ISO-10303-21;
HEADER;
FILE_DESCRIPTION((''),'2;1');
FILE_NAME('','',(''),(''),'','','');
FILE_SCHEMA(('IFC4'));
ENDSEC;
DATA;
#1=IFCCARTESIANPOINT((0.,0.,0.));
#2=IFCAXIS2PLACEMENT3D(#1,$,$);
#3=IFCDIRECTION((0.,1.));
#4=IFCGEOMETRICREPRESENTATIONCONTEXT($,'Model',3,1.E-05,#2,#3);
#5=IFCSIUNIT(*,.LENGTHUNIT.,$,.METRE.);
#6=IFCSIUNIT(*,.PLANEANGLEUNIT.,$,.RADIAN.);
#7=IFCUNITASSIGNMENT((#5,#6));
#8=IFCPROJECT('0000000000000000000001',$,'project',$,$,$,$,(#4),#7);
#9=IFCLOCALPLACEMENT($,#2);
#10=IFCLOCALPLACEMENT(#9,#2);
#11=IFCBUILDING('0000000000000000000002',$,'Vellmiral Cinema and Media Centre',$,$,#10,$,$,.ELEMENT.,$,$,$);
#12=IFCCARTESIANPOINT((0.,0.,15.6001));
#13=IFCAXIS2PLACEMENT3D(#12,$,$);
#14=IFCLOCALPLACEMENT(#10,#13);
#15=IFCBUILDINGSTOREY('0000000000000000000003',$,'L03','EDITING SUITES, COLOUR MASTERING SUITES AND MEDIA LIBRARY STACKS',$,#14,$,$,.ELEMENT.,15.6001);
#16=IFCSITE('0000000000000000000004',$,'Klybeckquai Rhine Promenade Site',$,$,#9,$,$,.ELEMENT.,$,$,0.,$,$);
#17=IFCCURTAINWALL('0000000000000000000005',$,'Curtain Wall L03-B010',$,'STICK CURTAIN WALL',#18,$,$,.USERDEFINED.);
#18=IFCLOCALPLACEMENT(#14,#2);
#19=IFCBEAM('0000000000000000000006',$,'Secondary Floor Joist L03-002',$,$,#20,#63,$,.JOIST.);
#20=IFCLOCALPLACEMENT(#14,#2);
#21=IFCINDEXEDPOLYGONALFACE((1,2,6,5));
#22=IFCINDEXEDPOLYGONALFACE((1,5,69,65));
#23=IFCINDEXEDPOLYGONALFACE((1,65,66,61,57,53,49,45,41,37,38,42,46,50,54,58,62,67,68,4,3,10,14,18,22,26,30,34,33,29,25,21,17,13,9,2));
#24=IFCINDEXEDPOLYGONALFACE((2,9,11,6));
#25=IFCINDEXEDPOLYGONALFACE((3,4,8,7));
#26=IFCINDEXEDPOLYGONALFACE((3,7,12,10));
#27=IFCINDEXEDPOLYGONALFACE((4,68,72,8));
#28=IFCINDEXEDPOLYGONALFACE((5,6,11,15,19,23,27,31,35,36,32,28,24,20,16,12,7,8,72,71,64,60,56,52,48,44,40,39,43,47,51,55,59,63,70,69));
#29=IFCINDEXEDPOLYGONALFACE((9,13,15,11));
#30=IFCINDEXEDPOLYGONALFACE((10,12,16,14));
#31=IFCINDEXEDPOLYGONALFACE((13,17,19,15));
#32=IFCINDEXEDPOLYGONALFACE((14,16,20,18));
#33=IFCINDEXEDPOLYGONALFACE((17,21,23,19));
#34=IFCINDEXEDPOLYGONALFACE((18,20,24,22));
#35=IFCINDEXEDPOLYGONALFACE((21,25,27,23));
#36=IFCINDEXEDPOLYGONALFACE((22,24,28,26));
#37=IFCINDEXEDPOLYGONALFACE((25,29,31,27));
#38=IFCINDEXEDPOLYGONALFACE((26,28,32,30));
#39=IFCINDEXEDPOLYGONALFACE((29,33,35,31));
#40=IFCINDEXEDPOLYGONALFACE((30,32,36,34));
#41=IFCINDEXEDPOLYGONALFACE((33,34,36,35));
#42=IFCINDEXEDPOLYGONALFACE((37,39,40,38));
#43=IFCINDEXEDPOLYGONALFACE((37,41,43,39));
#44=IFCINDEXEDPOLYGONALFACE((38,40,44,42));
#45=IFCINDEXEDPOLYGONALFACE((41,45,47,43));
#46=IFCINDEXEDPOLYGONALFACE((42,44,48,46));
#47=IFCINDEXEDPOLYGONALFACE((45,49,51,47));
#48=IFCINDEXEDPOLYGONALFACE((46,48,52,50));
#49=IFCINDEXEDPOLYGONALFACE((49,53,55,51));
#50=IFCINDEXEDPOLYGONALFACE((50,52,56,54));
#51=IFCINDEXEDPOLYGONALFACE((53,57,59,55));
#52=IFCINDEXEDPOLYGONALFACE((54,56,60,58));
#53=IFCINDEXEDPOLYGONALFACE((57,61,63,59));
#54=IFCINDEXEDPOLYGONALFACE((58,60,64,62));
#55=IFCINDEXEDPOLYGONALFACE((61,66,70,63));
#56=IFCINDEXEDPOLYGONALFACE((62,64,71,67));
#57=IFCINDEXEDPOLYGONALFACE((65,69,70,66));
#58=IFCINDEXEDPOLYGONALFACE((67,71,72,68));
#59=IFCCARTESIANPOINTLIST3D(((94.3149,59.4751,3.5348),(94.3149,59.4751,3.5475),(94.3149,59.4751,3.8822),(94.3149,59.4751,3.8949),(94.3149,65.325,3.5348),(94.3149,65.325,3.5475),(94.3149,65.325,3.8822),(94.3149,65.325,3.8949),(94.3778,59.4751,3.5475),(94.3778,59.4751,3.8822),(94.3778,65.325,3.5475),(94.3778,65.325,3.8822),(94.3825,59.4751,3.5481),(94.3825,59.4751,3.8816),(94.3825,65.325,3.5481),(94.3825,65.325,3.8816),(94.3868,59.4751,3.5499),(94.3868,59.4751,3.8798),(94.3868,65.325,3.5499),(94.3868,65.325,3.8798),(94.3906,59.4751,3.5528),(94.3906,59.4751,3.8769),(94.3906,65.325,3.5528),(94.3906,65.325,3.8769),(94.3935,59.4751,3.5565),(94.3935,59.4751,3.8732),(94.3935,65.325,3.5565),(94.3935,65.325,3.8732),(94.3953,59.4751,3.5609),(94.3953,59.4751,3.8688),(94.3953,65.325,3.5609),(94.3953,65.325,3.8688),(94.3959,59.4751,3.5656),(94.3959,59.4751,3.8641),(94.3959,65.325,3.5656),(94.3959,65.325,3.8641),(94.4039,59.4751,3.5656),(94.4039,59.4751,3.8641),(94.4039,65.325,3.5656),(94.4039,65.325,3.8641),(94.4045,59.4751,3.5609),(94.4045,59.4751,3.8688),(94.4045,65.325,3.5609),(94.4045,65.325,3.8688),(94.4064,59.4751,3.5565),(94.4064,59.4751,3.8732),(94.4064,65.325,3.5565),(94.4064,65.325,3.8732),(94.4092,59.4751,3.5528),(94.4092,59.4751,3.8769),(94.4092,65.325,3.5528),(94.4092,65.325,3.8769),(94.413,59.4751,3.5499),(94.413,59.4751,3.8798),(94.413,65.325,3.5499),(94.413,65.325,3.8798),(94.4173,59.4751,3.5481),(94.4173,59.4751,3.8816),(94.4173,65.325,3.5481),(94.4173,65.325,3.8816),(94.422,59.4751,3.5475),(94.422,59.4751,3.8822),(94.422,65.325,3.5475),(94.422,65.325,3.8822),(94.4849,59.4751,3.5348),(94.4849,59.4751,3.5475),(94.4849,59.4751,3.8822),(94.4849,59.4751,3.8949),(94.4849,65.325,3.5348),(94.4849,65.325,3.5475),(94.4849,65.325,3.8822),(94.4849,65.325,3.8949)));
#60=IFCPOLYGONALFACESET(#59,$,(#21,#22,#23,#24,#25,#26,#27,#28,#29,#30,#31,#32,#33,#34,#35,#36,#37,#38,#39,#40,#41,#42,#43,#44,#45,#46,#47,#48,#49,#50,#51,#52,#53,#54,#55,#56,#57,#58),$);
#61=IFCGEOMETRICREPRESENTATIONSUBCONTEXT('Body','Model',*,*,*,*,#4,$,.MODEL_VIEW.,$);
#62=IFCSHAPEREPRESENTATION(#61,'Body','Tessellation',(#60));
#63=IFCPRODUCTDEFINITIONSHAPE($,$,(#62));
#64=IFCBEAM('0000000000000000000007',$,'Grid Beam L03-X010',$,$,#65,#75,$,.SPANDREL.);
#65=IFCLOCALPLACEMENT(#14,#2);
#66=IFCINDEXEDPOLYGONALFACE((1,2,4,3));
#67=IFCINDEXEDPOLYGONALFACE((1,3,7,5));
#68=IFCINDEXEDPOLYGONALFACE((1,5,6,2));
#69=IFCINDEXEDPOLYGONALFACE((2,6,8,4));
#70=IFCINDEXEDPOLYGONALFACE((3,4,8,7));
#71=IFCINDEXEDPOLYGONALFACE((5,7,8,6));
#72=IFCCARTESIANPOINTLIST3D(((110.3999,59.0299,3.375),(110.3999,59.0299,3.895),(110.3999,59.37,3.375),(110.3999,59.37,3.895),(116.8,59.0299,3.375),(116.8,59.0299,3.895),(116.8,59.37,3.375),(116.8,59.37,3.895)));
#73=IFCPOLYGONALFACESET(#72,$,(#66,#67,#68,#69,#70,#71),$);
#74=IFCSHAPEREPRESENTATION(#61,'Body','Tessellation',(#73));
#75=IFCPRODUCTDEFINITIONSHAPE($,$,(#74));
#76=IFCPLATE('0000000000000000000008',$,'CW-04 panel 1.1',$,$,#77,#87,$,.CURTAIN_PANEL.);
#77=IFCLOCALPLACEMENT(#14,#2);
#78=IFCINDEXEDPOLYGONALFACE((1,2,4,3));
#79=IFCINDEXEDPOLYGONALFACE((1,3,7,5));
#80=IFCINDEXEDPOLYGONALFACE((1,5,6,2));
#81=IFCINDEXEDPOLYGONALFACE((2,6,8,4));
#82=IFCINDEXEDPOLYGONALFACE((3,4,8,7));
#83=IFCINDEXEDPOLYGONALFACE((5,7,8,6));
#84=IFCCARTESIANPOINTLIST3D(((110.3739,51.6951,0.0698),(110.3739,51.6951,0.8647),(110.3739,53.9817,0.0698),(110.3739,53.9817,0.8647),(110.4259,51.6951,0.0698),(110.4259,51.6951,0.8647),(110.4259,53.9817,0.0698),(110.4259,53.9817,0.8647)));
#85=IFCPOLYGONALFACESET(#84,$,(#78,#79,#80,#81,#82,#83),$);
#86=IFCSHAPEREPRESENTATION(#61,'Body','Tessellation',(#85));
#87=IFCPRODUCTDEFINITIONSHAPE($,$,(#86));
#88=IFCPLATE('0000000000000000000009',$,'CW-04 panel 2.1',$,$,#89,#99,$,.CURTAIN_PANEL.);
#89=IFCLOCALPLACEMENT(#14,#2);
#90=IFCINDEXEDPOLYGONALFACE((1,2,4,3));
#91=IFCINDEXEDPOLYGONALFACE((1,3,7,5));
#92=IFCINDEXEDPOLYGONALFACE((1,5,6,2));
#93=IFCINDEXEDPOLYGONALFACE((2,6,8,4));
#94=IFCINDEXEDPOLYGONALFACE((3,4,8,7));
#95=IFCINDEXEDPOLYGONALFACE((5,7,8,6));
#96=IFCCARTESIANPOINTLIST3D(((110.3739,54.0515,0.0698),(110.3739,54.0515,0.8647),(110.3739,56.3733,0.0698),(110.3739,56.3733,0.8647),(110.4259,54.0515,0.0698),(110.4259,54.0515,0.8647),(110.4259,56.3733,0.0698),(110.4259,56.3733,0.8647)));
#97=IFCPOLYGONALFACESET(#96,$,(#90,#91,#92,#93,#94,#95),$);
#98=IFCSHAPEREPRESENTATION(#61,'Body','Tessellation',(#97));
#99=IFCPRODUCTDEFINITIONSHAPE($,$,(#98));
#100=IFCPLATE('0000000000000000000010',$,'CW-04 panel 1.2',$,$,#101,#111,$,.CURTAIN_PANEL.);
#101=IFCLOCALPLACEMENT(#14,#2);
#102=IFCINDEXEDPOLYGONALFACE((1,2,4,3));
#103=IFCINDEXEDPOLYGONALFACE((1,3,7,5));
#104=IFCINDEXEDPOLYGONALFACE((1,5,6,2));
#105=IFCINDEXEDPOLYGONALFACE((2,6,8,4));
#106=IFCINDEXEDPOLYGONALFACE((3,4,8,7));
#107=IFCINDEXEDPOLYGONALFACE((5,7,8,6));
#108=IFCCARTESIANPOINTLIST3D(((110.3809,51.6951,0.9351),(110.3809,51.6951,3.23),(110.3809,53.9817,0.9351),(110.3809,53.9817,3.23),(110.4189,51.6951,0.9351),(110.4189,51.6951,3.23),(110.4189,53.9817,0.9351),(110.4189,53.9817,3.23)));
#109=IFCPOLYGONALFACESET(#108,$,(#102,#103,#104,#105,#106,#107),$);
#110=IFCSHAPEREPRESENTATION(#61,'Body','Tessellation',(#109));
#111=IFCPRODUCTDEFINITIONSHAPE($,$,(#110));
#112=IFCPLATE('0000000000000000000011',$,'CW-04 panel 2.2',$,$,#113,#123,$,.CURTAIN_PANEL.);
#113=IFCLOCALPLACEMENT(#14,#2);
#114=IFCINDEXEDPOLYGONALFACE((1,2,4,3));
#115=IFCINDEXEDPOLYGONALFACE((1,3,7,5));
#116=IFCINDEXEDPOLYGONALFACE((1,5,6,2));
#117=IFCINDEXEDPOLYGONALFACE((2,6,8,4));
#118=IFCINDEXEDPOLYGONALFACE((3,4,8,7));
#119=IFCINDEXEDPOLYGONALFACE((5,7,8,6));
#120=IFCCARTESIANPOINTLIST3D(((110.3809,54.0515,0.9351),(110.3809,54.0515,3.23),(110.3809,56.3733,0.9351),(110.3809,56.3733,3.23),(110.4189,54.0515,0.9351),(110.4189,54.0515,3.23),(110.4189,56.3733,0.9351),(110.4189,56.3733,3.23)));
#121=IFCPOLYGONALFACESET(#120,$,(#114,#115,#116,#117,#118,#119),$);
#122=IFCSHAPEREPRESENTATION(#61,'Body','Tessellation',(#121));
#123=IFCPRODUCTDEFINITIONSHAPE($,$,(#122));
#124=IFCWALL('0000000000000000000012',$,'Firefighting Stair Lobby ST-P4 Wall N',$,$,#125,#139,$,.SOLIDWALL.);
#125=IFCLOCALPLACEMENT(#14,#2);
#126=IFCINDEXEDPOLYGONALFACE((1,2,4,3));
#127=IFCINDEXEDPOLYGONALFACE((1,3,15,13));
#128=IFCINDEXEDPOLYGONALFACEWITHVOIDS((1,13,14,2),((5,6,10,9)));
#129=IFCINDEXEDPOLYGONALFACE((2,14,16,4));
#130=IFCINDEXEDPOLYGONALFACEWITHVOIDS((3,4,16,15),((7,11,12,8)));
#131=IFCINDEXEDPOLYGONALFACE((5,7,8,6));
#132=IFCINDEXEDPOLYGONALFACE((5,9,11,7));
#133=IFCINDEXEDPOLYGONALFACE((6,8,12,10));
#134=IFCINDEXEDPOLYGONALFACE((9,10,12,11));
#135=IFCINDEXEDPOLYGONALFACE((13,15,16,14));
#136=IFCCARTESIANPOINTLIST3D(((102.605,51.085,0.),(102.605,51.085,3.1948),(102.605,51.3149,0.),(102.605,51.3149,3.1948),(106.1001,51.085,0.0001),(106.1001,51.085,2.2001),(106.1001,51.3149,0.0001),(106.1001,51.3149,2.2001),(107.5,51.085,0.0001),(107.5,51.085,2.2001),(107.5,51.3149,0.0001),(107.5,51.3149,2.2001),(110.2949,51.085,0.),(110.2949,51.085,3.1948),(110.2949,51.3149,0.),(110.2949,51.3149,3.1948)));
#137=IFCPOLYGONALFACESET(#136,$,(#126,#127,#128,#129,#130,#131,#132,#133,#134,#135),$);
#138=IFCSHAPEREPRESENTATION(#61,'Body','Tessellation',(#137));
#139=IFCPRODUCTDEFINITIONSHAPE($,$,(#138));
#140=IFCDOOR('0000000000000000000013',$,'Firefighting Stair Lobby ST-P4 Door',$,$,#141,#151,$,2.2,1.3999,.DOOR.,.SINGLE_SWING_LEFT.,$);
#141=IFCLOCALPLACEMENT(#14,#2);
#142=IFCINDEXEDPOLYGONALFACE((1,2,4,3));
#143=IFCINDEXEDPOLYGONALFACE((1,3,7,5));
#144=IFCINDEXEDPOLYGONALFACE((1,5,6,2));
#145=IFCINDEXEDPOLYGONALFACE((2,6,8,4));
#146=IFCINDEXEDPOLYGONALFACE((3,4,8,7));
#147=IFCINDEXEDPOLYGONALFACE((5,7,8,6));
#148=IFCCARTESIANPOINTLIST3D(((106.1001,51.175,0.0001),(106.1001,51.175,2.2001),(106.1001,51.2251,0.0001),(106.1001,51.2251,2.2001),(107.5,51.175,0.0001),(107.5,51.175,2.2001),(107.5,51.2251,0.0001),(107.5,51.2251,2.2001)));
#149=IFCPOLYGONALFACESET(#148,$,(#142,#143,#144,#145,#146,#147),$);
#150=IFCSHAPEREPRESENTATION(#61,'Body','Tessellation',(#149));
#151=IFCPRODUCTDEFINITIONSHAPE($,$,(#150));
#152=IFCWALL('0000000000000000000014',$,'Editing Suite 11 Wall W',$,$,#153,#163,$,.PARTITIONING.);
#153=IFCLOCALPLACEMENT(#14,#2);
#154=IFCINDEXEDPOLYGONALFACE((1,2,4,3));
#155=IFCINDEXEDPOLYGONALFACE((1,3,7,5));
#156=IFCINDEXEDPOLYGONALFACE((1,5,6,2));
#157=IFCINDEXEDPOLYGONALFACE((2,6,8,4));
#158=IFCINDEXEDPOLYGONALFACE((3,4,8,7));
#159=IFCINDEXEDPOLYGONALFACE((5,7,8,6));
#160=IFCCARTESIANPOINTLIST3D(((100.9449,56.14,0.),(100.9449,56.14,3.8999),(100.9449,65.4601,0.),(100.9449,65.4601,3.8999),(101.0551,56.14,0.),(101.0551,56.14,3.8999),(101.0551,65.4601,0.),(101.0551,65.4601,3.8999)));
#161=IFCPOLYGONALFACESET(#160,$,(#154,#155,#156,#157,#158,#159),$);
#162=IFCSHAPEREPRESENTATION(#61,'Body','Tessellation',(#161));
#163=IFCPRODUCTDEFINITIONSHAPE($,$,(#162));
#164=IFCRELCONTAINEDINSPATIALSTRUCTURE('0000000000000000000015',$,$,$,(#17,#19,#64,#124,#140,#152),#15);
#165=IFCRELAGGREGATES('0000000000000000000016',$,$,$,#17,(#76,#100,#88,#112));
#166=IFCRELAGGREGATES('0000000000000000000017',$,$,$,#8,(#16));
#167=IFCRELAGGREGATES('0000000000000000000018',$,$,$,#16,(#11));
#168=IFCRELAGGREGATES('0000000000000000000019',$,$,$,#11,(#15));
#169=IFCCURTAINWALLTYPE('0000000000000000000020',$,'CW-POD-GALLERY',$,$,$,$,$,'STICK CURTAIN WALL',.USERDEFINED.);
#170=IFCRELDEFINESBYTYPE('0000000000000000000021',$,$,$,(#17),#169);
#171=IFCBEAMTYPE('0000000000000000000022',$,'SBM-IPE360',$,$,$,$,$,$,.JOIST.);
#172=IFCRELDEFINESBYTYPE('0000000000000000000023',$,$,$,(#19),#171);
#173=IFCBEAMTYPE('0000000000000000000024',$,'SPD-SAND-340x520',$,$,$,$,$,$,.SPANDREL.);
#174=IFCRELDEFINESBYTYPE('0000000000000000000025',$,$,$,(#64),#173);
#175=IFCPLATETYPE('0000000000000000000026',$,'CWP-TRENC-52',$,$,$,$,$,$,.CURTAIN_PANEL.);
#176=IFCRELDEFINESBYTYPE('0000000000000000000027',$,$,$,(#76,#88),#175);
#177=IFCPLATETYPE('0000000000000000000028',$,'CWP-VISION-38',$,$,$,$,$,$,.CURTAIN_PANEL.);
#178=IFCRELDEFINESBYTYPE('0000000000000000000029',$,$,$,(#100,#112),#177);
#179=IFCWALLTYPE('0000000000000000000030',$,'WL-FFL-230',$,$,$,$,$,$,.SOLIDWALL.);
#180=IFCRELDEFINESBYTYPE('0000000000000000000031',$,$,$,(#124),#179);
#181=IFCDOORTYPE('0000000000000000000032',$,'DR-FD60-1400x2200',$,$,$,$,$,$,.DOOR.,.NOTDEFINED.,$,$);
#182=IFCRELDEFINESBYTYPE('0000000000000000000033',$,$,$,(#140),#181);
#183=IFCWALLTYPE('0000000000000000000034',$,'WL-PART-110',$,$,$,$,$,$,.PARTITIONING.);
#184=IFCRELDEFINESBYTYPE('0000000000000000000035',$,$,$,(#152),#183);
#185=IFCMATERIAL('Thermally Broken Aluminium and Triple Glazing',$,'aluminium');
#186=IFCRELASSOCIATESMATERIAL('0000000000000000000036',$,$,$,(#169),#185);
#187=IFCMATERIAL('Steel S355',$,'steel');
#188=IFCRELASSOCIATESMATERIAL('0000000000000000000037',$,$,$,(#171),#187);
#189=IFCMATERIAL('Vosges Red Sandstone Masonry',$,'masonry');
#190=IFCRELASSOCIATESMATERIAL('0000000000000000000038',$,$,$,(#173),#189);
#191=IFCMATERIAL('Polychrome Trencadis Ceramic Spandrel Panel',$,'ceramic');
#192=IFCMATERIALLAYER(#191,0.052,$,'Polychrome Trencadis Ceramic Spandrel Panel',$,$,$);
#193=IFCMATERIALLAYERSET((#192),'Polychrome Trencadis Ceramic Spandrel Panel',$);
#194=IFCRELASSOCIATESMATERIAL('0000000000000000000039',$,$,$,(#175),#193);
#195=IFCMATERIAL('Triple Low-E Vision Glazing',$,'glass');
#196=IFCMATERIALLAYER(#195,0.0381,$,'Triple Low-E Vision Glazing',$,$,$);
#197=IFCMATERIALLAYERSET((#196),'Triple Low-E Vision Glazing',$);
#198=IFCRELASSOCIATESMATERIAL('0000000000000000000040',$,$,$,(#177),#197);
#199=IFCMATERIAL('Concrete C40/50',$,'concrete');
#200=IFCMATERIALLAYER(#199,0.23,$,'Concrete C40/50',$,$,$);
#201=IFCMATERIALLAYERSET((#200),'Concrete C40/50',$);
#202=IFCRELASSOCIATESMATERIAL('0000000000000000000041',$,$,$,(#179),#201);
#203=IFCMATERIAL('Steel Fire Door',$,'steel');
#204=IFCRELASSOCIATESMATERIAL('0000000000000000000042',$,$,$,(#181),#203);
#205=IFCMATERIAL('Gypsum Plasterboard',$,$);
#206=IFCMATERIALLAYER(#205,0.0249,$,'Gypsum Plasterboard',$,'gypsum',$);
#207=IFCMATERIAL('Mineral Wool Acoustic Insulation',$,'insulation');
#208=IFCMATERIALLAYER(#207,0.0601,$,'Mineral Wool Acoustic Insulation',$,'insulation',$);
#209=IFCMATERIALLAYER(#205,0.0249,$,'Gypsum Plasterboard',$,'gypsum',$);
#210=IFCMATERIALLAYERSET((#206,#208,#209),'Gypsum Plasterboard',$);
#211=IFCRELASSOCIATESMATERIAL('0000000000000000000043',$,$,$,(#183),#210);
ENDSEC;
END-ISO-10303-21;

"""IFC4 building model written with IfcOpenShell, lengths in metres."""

from ifc_helpers import new_model, si_unit, direction, frame, frame_2d, origin, origin_2d, place, context, subcontext, project, spatial, rectangle, i_section, extrude, material, layer, layer_set, material_profile, profile_set, type_object, element, fill, aggregate, save


model = new_model("IFC4")

# Units and contexts
model_context = context("Model", 3, precision=1e-05, world=origin(), true_north=direction((0.0, 1.0)))
body_context = subcontext(model_context, "Body", "Model", "MODEL_VIEW")
ifc_project = project(units=[si_unit("LENGTHUNIT", "METRE"), si_unit("PLANEANGLEUNIT", "RADIAN")], contexts=[model_context])

# Site, building, storey
site_placement = place(None, origin())
site = spatial("IfcSite", under=ifc_project, at=site_placement, Name="Klybeckquai Rhine Promenade Site", CompositionType="ELEMENT", RefElevation=0.0)
building_placement = place(site_placement, origin())
building = spatial("IfcBuilding", under=site, at=building_placement, Name="Vellmiral Cinema and Media Centre", CompositionType="ELEMENT")
storey_placement = place(building_placement, frame((0.0, 0.0, 15.6001)))
storey = spatial("IfcBuildingStorey", under=building, at=storey_placement, Name="L03", Description="EDITING SUITES, COLOUR MASTERING SUITES AND MEDIA LIBRARY STACKS", CompositionType="ELEMENT", Elevation=15.6001)

# Curtain wall
ifc_material_1 = material(Name="Thermally Broken Aluminium and Triple Glazing", Category="aluminium")
curtain_wall_type = type_object("IfcCurtainWallType", Name="CW-POD-GALLERY", ElementType="STICK CURTAIN WALL", PredefinedType="USERDEFINED", material=ifc_material_1)
curtain_wall_placement = place(storey_placement, origin())
curtain_wall = element("IfcCurtainWall", 1, at=curtain_wall_placement, inside=storey, type_object=curtain_wall_type, Name="Curtain Wall L03-B010", ObjectType="STICK CURTAIN WALL", PredefinedType="USERDEFINED")

# Beams
ifc_material_2 = material(Name="Steel S355", Category="steel")
ifc_material_profile_1 = material_profile(ifc_material_2, i_section(OverallWidth=0.1699, OverallDepth=0.3601, WebThickness=0.0081, FlangeThickness=0.0127, FilletRadius=0.0181, at=origin_2d()), Name="IPE 360")
ifc_profile_set_1 = profile_set([ifc_material_profile_1], Name="Steel S355")
beam_type_1 = type_object("IfcBeamType", Name="SBM-IPE360", PredefinedType="JOIST", material=ifc_profile_set_1)
beam_1_placement = place(storey_placement, frame((94.3999, 59.4751, 3.7148), z_axis=(0.0, 1.0, 0.0), x_axis=(-1.0, 0.0, 0.0)))
element("IfcBeam", 2, at=beam_1_placement, inside=storey, type_object=beam_type_1, Name="Secondary Floor Joist L03-002", PredefinedType="JOIST", context=body_context, shape_type="SweptSolid", body=[
    extrude(i_section(OverallWidth=0.1699, OverallDepth=0.3601, WebThickness=0.0081, FlangeThickness=0.0127, FilletRadius=0.0181, at=origin_2d()), origin(), (0.0, 0.0, 1.0), 5.8499),
])
ifc_material_3 = material(Name="Vosges Red Sandstone Masonry", Category="masonry")
ifc_material_profile_2 = material_profile(ifc_material_3, rectangle(XDim=0.3401, YDim=0.52, at=origin_2d()), Name="SAND 340x520")
ifc_profile_set_2 = profile_set([ifc_material_profile_2], Name="Vosges Red Sandstone Masonry")
beam_type_2 = type_object("IfcBeamType", Name="SPD-SAND-340x520", PredefinedType="SPANDREL", material=ifc_profile_set_2)
beam_2_placement = place(storey_placement, frame((110.3999, 59.2, 3.635), z_axis=(1.0, 0.0, 0.0), x_axis=(0.0, 1.0, 0.0)))
element("IfcBeam", 3, at=beam_2_placement, inside=storey, type_object=beam_type_2, Name="Grid Beam L03-X010", PredefinedType="SPANDREL", context=body_context, shape_type="SweptSolid", body=[
    extrude(rectangle(XDim=0.3401, YDim=0.52, at=origin_2d()), origin(), (0.0, 0.0, 1.0), 6.4001),
])

# Plates
ifc_material_4 = material(Name="Polychrome Trencadis Ceramic Spandrel Panel", Category="ceramic")
ifc_layer_1 = layer(ifc_material_4, 0.052, Name="Polychrome Trencadis Ceramic Spandrel Panel")
ifc_layer_set_1 = layer_set([ifc_layer_1], Name="Polychrome Trencadis Ceramic Spandrel Panel")
plate_type_1 = type_object("IfcPlateType", Name="CWP-TRENC-52", PredefinedType="CURTAIN_PANEL", material=ifc_layer_set_1)
plate_1_placement = place(storey_placement, frame((110.3999, 52.8384, 0.0698), z_axis=(0.0, 0.0, 1.0), x_axis=(0.0, 1.0, 0.0)))
plate_1 = element("IfcPlate", 4, at=plate_1_placement, type_object=plate_type_1, Name="CW-04 panel 1.1", PredefinedType="CURTAIN_PANEL", context=body_context, shape_type="SweptSolid", body=[
    extrude(rectangle(XDim=2.2866, YDim=0.052, at=origin_2d()), origin(), (0.0, 0.0, 1.0), 0.7949),
])
plate_2_placement = place(storey_placement, frame((110.3999, 55.2124, 0.0698), z_axis=(0.0, 0.0, 1.0), x_axis=(0.0, 1.0, 0.0)))
plate_2 = element("IfcPlate", 5, at=plate_2_placement, type_object=plate_type_1, Name="CW-04 panel 2.1", PredefinedType="CURTAIN_PANEL", context=body_context, shape_type="SweptSolid", body=[
    extrude(rectangle(XDim=2.3218, YDim=0.052, at=origin_2d()), origin(), (0.0, 0.0, 1.0), 0.7949),
])
ifc_material_5 = material(Name="Triple Low-E Vision Glazing", Category="glass")
ifc_layer_2 = layer(ifc_material_5, 0.0381, Name="Triple Low-E Vision Glazing")
ifc_layer_set_2 = layer_set([ifc_layer_2], Name="Triple Low-E Vision Glazing")
plate_type_2 = type_object("IfcPlateType", Name="CWP-VISION-38", PredefinedType="CURTAIN_PANEL", material=ifc_layer_set_2)
plate_3_placement = place(storey_placement, frame((110.3999, 52.8384, 0.9351), z_axis=(0.0, 0.0, 1.0), x_axis=(0.0, 1.0, 0.0)))
plate_3 = element("IfcPlate", 6, at=plate_3_placement, type_object=plate_type_2, Name="CW-04 panel 1.2", PredefinedType="CURTAIN_PANEL", context=body_context, shape_type="SweptSolid", body=[
    extrude(rectangle(XDim=2.2866, YDim=0.0381, at=origin_2d()), origin(), (0.0, 0.0, 1.0), 2.2949),
])
plate_4_placement = place(storey_placement, frame((110.3999, 55.2124, 0.9351), z_axis=(0.0, 0.0, 1.0), x_axis=(0.0, 1.0, 0.0)))
plate_4 = element("IfcPlate", 7, at=plate_4_placement, type_object=plate_type_2, Name="CW-04 panel 2.2", PredefinedType="CURTAIN_PANEL", context=body_context, shape_type="SweptSolid", body=[
    extrude(rectangle(XDim=2.3218, YDim=0.0381, at=origin_2d()), origin(), (0.0, 0.0, 1.0), 2.2949),
])
aggregate(curtain_wall, [plate_1, plate_3, plate_2, plate_4])

# Wall, opening, door
ifc_material_6 = material(Name="Concrete C40/50", Category="concrete")
ifc_layer_3 = layer(ifc_material_6, 0.23, Name="Concrete C40/50")
ifc_layer_set_3 = layer_set([ifc_layer_3], Name="Concrete C40/50")
wall_type_1 = type_object("IfcWallType", Name="WL-FFL-230", PredefinedType="SOLIDWALL", material=ifc_layer_set_3)
wall_1_placement = place(storey_placement, frame((102.605, 51.2, 0.0), z_axis=(0.0, 0.0, 1.0), x_axis=(1.0, 0.0, 0.0)))
wall_1 = element("IfcWall", 8, at=wall_1_placement, inside=storey, type_object=wall_type_1, Name="Firefighting Stair Lobby ST-P4 Wall N", PredefinedType="SOLIDWALL", context=body_context, shape_type="SweptSolid", body=[
    extrude(rectangle(XDim=7.6899, YDim=0.23, at=frame_2d((3.845, 0.0))), origin(), (0.0, 0.0, 1.0), 3.1948),
])
opening_1_placement = place(wall_1_placement, frame((3.4951, 0.0, 0.0)))
opening_1 = element("IfcOpeningElement", 9, at=opening_1_placement, cuts=wall_1, PredefinedType="OPENING", context=body_context, shape_type="SweptSolid", body=[
    extrude(rectangle(XDim=1.3999, YDim=2.2, at=frame_2d((0.7, 1.1001))), frame((0.0, 0.127, 0.0), z_axis=(0.0, -1.0, 0.0), x_axis=(1.0, 0.0, 0.0)), (0.0, 0.0, 1.0), 0.2539),
])
ifc_material_7 = material(Name="Steel Fire Door", Category="steel")
door_type_1 = type_object("IfcDoorType", Name="DR-FD60-1400x2200", OperationType="NOTDEFINED", PredefinedType="DOOR", material=ifc_material_7)
door_1_placement = place(opening_1_placement, frame((1.3999, 0.0, 0.0), z_axis=(0.0, 0.0, 1.0), x_axis=(-1.0, 0.0, 0.0)))
door_1 = element("IfcDoor", 10, at=door_1_placement, inside=storey, type_object=door_type_1, Name="Firefighting Stair Lobby ST-P4 Door", OperationType="SINGLE_SWING_LEFT", OverallHeight=2.2, OverallWidth=1.3999, PredefinedType="DOOR", context=body_context, shape_type="SweptSolid", body=[
    extrude(rectangle(XDim=1.3999, YDim=2.2, at=frame_2d((0.7, 1.1001))), frame((0.0, 0.0249, 0.0), z_axis=(0.0, -1.0, 0.0), x_axis=(1.0, 0.0, 0.0)), (0.0, 0.0, 1.0), 0.05),
])
fill(opening_1, door_1)

# Wall
ifc_material_8 = material(Name="Gypsum Plasterboard")
ifc_layer_4 = layer(ifc_material_8, 0.0249, Name="Gypsum Plasterboard", Category="gypsum")
ifc_material_9 = material(Name="Mineral Wool Acoustic Insulation", Category="insulation")
ifc_layer_5 = layer(ifc_material_9, 0.0601, Name="Mineral Wool Acoustic Insulation", Category="insulation")
ifc_layer_6 = layer(ifc_material_8, 0.0249, Name="Gypsum Plasterboard", Category="gypsum")
ifc_layer_set_4 = layer_set([ifc_layer_4, ifc_layer_5, ifc_layer_6], Name="Gypsum Plasterboard")
wall_type_2 = type_object("IfcWallType", Name="WL-PART-110", PredefinedType="PARTITIONING", material=ifc_layer_set_4)
wall_2_placement = place(storey_placement, frame((101.0, 56.1399, 0.0), z_axis=(0.0, 0.0, 1.0), x_axis=(0.0, 1.0, 0.0)))
element("IfcWall", 11, at=wall_2_placement, inside=storey, type_object=wall_type_2, Name="Editing Suite 11 Wall W", PredefinedType="PARTITIONING", context=body_context, shape_type="SweptSolid", body=[
    extrude(rectangle(XDim=9.3201, YDim=0.1101, at=frame_2d((4.6602, 0.0))), origin(), (0.0, 0.0, 1.0), 3.8999),
])

save(model, "model.ifc")
